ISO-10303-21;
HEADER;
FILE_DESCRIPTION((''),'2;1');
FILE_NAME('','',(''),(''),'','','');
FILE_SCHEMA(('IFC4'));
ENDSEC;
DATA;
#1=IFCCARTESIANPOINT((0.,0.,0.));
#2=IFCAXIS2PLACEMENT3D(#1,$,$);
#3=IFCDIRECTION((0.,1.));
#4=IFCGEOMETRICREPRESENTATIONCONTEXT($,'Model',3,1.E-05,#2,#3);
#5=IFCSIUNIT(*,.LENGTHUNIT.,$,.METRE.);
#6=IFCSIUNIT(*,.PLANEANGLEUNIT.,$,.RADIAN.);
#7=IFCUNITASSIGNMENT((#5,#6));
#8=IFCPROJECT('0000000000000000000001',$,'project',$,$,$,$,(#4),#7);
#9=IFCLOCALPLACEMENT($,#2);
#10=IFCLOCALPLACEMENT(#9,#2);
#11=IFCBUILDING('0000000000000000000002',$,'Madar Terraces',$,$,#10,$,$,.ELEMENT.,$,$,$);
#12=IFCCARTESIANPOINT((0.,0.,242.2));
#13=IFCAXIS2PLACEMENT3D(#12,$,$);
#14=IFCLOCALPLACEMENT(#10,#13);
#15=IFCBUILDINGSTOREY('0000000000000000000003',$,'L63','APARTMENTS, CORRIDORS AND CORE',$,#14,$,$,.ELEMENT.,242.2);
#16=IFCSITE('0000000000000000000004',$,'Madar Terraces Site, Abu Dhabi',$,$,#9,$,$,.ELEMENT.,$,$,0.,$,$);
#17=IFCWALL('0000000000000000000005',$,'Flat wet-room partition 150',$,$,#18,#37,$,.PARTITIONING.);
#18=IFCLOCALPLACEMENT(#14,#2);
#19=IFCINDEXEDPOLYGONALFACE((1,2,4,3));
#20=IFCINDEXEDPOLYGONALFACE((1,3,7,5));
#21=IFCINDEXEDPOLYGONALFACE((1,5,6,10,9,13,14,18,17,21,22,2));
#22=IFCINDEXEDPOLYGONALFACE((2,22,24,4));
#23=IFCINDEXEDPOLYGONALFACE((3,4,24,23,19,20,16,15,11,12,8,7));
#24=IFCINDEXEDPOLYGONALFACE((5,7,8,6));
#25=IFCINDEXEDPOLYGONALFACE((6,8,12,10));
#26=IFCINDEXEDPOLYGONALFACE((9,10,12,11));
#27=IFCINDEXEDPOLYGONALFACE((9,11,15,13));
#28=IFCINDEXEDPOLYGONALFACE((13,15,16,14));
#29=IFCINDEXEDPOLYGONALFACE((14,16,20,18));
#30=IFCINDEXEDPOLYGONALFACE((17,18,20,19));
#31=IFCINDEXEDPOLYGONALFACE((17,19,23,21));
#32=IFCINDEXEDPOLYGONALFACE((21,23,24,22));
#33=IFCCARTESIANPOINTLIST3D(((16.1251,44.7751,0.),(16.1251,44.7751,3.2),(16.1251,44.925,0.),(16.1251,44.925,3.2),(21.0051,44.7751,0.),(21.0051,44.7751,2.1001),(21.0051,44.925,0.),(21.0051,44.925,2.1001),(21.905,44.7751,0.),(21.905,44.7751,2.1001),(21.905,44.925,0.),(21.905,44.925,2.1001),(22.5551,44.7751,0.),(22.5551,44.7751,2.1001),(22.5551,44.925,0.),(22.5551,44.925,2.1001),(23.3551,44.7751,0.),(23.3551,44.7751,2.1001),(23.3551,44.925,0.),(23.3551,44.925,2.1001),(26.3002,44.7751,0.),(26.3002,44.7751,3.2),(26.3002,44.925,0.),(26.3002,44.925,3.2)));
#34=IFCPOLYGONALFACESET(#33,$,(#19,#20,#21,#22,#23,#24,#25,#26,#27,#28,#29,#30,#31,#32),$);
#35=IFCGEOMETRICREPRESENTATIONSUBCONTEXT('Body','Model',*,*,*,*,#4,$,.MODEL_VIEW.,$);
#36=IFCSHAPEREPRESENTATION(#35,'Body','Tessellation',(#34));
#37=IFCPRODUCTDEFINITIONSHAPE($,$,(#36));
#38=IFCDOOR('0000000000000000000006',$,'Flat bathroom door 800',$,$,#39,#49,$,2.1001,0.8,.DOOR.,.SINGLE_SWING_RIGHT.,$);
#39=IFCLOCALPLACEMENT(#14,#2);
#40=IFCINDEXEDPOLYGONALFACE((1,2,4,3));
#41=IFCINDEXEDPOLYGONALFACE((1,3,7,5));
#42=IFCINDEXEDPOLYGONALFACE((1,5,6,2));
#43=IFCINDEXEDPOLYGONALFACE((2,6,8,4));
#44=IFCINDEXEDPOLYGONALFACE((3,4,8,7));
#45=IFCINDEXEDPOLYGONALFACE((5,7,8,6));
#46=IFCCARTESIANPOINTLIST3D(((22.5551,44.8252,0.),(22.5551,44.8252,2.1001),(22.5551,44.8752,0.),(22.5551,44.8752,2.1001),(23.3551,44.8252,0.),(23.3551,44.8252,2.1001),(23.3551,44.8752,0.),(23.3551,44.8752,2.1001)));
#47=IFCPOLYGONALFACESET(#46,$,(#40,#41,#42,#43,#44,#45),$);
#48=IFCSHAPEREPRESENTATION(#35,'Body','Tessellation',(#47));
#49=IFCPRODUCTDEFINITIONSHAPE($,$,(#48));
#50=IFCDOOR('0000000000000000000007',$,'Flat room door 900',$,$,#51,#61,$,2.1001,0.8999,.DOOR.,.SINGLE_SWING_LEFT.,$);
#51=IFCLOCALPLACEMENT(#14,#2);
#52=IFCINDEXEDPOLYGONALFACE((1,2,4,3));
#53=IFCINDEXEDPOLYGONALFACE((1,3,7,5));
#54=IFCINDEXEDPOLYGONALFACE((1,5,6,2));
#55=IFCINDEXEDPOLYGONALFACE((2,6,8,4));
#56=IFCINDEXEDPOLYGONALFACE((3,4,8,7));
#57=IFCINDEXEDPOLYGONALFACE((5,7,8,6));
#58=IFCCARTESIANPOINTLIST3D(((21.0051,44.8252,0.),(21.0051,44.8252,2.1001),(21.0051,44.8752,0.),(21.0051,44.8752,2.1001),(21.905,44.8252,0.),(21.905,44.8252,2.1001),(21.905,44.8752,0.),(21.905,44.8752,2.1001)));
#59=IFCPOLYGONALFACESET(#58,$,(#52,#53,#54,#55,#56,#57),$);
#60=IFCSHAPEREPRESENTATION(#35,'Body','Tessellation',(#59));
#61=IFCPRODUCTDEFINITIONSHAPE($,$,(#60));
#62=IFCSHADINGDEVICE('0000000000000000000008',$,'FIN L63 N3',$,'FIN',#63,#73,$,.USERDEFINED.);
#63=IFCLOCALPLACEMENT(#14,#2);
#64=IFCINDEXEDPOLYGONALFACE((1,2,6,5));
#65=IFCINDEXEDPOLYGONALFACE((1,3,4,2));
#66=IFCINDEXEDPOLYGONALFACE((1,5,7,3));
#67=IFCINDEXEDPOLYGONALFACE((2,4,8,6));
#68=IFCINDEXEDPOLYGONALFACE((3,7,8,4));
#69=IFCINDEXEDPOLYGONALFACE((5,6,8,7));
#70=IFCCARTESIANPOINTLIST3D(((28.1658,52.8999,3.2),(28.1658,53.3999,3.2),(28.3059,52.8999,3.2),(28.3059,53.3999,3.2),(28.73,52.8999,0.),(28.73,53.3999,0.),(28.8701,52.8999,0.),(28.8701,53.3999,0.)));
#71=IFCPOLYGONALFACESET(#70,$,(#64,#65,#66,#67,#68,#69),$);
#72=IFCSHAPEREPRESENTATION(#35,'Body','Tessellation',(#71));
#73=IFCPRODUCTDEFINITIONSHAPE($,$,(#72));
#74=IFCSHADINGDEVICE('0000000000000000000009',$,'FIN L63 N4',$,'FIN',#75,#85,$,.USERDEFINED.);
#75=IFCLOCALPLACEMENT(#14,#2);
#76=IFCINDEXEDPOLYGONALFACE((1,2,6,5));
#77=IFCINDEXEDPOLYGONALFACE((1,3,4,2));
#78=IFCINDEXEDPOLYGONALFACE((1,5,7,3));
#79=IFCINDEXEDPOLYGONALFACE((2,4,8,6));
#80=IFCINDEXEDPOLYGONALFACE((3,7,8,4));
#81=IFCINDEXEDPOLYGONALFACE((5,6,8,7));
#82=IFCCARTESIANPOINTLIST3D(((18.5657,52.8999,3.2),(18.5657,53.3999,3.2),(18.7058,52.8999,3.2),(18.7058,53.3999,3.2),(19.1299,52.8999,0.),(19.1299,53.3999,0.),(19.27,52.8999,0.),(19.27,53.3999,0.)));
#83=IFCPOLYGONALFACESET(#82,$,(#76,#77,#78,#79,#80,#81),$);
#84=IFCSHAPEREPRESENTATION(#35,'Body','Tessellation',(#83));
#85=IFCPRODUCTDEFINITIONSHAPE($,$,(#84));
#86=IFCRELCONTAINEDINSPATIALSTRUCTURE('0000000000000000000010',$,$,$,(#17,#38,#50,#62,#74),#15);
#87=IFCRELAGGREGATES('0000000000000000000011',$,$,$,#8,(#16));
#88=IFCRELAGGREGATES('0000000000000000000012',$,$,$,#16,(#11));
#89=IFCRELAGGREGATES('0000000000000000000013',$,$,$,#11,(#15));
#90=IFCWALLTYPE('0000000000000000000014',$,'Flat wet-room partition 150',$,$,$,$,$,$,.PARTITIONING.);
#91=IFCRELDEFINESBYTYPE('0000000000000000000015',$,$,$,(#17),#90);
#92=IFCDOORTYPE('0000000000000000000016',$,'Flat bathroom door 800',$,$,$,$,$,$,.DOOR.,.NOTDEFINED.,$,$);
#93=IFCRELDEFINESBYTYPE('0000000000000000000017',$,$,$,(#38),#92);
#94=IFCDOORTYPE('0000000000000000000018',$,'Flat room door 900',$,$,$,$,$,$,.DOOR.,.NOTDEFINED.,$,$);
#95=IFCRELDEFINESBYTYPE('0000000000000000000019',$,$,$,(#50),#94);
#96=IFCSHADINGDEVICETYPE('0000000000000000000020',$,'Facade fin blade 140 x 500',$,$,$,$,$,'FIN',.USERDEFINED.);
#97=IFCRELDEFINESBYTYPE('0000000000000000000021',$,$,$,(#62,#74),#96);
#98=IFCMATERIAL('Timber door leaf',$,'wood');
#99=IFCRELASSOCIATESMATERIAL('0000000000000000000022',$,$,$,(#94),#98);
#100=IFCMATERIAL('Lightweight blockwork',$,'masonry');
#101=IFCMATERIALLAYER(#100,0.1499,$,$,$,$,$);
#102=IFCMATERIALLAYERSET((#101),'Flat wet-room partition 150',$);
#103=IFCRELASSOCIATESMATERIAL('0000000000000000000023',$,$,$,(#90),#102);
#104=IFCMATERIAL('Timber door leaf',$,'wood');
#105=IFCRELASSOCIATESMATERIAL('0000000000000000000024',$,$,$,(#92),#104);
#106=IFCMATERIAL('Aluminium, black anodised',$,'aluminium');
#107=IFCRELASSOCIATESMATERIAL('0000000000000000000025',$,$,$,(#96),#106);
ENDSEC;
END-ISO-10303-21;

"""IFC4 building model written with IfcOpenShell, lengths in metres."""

from ifc_helpers import new_model, si_unit, direction, frame, frame_2d, origin, place, context, subcontext, project, spatial, polyline, rectangle, outline, extrude, material, layer, layer_set, type_object, element, fill, save


model = new_model("IFC4")

# Units and contexts
model_context = context("Model", 3, precision=1e-05, world=origin(), true_north=direction((0.0, 1.0)))
body_context = subcontext(model_context, "Body", "Model", "MODEL_VIEW")
ifc_project = project(units=[si_unit("LENGTHUNIT", "METRE"), si_unit("PLANEANGLEUNIT", "RADIAN")], contexts=[model_context])

# Site, building, storey
site_placement = place(None, origin())
site = spatial("IfcSite", under=ifc_project, at=site_placement, Name="Madar Terraces Site, Abu Dhabi", CompositionType="ELEMENT", RefElevation=0.0)
building_placement = place(site_placement, origin())
building = spatial("IfcBuilding", under=site, at=building_placement, Name="Madar Terraces", CompositionType="ELEMENT")
storey_placement = place(building_placement, frame((0.0, 0.0, 242.2)))
storey = spatial("IfcBuildingStorey", under=building, at=storey_placement, Name="L63", Description="APARTMENTS, CORRIDORS AND CORE", CompositionType="ELEMENT", Elevation=242.2)

# Shared definitions
ifc_material_1 = material(Name="Timber door leaf", Category="wood")
door_type_1 = type_object("IfcDoorType", Name="Flat room door 900", OperationType="NOTDEFINED", PredefinedType="DOOR", material=ifc_material_1)

# Wall, openings, doors
ifc_material_2 = material(Name="Lightweight blockwork", Category="masonry")
ifc_layer_1 = layer(ifc_material_2, 0.1499)
ifc_layer_set_1 = layer_set([ifc_layer_1], Name="Flat wet-room partition 150")
wall_type_1 = type_object("IfcWallType", Name="Flat wet-room partition 150", PredefinedType="PARTITIONING", material=ifc_layer_set_1)
wall_1_placement = place(storey_placement, frame((26.3, 44.8501, 0.0), z_axis=(0.0, 0.0, 1.0), x_axis=(-1.0, 0.0, 0.0)))
wall_1 = element("IfcWall", 1, at=wall_1_placement, inside=storey, type_object=wall_type_1, Name="Flat wet-room partition 150", PredefinedType="PARTITIONING", context=body_context, shape_type="SweptSolid", body=[
    extrude(rectangle(XDim=10.175, YDim=0.1499, at=frame_2d((5.0874, 0.0))), origin(), (0.0, 0.0, 1.0), 3.2),
])
opening_1_placement = place(wall_1_placement, frame((4.395, 0.0, 0.0)))
opening_1 = element("IfcOpeningElement", 2, at=opening_1_placement, cuts=wall_1, PredefinedType="OPENING", context=body_context, shape_type="SweptSolid", body=[
    extrude(rectangle(XDim=0.8999, YDim=2.1001, at=frame_2d((0.45, 1.05))), frame((0.0, 0.085, 0.0), z_axis=(0.0, -1.0, 0.0), x_axis=(1.0, 0.0, 0.0)), (0.0, 0.0, 1.0), 0.1699),
])
opening_2_placement = place(wall_1_placement, frame((2.9451, 0.0, 0.0)))
opening_2 = element("IfcOpeningElement", 3, at=opening_2_placement, cuts=wall_1, PredefinedType="OPENING", context=body_context, shape_type="SweptSolid", body=[
    extrude(rectangle(XDim=0.8, YDim=2.1001, at=frame_2d((0.3999, 1.05))), frame((0.0, 0.085, 0.0), z_axis=(0.0, -1.0, 0.0), x_axis=(1.0, 0.0, 0.0)), (0.0, 0.0, 1.0), 0.1699),
])
ifc_material_3 = material(Name="Timber door leaf", Category="wood")
door_type_2 = type_object("IfcDoorType", Name="Flat bathroom door 800", OperationType="NOTDEFINED", PredefinedType="DOOR", material=ifc_material_3)
door_1_placement = place(opening_2_placement, origin())
door_1 = element("IfcDoor", 4, at=door_1_placement, inside=storey, type_object=door_type_2, Name="Flat bathroom door 800", OperationType="SINGLE_SWING_RIGHT", OverallHeight=2.1001, OverallWidth=0.8, PredefinedType="DOOR", context=body_context, shape_type="SweptSolid", body=[
    extrude(rectangle(XDim=0.8, YDim=2.1001, at=frame_2d((0.3999, 1.05))), frame((0.0, 0.0249, 0.0), z_axis=(0.0, -1.0, 0.0), x_axis=(1.0, 0.0, 0.0)), (0.0, 0.0, 1.0), 0.05),
])
fill(opening_2, door_1)
door_2_placement = place(opening_1_placement, origin())
door_2 = element("IfcDoor", 5, at=door_2_placement, inside=storey, type_object=door_type_1, Name="Flat room door 900", OperationType="SINGLE_SWING_LEFT", OverallHeight=2.1001, OverallWidth=0.8999, PredefinedType="DOOR", context=body_context, shape_type="SweptSolid", body=[
    extrude(rectangle(XDim=0.8999, YDim=2.1001, at=frame_2d((0.45, 1.05))), frame((0.0, 0.0249, 0.0), z_axis=(0.0, -1.0, 0.0), x_axis=(1.0, 0.0, 0.0)), (0.0, 0.0, 1.0), 0.05),
])
fill(opening_1, door_2)

# Shading devices
ifc_material_4 = material(Name="Aluminium, black anodised", Category="aluminium")
shading_device_type = type_object("IfcShadingDeviceType", Name="Facade fin blade 140 x 500", ElementType="FIN", PredefinedType="USERDEFINED", material=ifc_material_4)
for number, where, z_axis, x_axis, name in (
    (6, (28.8701, 53.1499, 0.0), (0.0, 0.0, 1.0), (-1.0, 0.0, 0.0), "FIN L63 N3"),
    (7, (19.27, 53.1499, 0.0), (0.0, 0.0, 1.0), (-1.0, 0.0, 0.0), "FIN L63 N4"),
):
    element("IfcShadingDevice", number, at=place(storey_placement, frame(where, z_axis=z_axis, x_axis=x_axis)), inside=storey, type_object=shading_device_type, Name=name, ObjectType="FIN", PredefinedType="USERDEFINED", context=body_context, shape_type="SweptSolid", body=[
        extrude(outline(polyline([(0.0, 0.0), (0.1401, 0.0), (0.7043, 3.2), (0.5642, 3.2), (0.0, 0.0)])), frame((0.0, 0.25, 0.0), z_axis=(0.0, -1.0, 0.0), x_axis=(1.0, 0.0, 0.0)), (0.0, 0.0, 1.0), 0.5),
    ])

save(model, "model.ifc")
